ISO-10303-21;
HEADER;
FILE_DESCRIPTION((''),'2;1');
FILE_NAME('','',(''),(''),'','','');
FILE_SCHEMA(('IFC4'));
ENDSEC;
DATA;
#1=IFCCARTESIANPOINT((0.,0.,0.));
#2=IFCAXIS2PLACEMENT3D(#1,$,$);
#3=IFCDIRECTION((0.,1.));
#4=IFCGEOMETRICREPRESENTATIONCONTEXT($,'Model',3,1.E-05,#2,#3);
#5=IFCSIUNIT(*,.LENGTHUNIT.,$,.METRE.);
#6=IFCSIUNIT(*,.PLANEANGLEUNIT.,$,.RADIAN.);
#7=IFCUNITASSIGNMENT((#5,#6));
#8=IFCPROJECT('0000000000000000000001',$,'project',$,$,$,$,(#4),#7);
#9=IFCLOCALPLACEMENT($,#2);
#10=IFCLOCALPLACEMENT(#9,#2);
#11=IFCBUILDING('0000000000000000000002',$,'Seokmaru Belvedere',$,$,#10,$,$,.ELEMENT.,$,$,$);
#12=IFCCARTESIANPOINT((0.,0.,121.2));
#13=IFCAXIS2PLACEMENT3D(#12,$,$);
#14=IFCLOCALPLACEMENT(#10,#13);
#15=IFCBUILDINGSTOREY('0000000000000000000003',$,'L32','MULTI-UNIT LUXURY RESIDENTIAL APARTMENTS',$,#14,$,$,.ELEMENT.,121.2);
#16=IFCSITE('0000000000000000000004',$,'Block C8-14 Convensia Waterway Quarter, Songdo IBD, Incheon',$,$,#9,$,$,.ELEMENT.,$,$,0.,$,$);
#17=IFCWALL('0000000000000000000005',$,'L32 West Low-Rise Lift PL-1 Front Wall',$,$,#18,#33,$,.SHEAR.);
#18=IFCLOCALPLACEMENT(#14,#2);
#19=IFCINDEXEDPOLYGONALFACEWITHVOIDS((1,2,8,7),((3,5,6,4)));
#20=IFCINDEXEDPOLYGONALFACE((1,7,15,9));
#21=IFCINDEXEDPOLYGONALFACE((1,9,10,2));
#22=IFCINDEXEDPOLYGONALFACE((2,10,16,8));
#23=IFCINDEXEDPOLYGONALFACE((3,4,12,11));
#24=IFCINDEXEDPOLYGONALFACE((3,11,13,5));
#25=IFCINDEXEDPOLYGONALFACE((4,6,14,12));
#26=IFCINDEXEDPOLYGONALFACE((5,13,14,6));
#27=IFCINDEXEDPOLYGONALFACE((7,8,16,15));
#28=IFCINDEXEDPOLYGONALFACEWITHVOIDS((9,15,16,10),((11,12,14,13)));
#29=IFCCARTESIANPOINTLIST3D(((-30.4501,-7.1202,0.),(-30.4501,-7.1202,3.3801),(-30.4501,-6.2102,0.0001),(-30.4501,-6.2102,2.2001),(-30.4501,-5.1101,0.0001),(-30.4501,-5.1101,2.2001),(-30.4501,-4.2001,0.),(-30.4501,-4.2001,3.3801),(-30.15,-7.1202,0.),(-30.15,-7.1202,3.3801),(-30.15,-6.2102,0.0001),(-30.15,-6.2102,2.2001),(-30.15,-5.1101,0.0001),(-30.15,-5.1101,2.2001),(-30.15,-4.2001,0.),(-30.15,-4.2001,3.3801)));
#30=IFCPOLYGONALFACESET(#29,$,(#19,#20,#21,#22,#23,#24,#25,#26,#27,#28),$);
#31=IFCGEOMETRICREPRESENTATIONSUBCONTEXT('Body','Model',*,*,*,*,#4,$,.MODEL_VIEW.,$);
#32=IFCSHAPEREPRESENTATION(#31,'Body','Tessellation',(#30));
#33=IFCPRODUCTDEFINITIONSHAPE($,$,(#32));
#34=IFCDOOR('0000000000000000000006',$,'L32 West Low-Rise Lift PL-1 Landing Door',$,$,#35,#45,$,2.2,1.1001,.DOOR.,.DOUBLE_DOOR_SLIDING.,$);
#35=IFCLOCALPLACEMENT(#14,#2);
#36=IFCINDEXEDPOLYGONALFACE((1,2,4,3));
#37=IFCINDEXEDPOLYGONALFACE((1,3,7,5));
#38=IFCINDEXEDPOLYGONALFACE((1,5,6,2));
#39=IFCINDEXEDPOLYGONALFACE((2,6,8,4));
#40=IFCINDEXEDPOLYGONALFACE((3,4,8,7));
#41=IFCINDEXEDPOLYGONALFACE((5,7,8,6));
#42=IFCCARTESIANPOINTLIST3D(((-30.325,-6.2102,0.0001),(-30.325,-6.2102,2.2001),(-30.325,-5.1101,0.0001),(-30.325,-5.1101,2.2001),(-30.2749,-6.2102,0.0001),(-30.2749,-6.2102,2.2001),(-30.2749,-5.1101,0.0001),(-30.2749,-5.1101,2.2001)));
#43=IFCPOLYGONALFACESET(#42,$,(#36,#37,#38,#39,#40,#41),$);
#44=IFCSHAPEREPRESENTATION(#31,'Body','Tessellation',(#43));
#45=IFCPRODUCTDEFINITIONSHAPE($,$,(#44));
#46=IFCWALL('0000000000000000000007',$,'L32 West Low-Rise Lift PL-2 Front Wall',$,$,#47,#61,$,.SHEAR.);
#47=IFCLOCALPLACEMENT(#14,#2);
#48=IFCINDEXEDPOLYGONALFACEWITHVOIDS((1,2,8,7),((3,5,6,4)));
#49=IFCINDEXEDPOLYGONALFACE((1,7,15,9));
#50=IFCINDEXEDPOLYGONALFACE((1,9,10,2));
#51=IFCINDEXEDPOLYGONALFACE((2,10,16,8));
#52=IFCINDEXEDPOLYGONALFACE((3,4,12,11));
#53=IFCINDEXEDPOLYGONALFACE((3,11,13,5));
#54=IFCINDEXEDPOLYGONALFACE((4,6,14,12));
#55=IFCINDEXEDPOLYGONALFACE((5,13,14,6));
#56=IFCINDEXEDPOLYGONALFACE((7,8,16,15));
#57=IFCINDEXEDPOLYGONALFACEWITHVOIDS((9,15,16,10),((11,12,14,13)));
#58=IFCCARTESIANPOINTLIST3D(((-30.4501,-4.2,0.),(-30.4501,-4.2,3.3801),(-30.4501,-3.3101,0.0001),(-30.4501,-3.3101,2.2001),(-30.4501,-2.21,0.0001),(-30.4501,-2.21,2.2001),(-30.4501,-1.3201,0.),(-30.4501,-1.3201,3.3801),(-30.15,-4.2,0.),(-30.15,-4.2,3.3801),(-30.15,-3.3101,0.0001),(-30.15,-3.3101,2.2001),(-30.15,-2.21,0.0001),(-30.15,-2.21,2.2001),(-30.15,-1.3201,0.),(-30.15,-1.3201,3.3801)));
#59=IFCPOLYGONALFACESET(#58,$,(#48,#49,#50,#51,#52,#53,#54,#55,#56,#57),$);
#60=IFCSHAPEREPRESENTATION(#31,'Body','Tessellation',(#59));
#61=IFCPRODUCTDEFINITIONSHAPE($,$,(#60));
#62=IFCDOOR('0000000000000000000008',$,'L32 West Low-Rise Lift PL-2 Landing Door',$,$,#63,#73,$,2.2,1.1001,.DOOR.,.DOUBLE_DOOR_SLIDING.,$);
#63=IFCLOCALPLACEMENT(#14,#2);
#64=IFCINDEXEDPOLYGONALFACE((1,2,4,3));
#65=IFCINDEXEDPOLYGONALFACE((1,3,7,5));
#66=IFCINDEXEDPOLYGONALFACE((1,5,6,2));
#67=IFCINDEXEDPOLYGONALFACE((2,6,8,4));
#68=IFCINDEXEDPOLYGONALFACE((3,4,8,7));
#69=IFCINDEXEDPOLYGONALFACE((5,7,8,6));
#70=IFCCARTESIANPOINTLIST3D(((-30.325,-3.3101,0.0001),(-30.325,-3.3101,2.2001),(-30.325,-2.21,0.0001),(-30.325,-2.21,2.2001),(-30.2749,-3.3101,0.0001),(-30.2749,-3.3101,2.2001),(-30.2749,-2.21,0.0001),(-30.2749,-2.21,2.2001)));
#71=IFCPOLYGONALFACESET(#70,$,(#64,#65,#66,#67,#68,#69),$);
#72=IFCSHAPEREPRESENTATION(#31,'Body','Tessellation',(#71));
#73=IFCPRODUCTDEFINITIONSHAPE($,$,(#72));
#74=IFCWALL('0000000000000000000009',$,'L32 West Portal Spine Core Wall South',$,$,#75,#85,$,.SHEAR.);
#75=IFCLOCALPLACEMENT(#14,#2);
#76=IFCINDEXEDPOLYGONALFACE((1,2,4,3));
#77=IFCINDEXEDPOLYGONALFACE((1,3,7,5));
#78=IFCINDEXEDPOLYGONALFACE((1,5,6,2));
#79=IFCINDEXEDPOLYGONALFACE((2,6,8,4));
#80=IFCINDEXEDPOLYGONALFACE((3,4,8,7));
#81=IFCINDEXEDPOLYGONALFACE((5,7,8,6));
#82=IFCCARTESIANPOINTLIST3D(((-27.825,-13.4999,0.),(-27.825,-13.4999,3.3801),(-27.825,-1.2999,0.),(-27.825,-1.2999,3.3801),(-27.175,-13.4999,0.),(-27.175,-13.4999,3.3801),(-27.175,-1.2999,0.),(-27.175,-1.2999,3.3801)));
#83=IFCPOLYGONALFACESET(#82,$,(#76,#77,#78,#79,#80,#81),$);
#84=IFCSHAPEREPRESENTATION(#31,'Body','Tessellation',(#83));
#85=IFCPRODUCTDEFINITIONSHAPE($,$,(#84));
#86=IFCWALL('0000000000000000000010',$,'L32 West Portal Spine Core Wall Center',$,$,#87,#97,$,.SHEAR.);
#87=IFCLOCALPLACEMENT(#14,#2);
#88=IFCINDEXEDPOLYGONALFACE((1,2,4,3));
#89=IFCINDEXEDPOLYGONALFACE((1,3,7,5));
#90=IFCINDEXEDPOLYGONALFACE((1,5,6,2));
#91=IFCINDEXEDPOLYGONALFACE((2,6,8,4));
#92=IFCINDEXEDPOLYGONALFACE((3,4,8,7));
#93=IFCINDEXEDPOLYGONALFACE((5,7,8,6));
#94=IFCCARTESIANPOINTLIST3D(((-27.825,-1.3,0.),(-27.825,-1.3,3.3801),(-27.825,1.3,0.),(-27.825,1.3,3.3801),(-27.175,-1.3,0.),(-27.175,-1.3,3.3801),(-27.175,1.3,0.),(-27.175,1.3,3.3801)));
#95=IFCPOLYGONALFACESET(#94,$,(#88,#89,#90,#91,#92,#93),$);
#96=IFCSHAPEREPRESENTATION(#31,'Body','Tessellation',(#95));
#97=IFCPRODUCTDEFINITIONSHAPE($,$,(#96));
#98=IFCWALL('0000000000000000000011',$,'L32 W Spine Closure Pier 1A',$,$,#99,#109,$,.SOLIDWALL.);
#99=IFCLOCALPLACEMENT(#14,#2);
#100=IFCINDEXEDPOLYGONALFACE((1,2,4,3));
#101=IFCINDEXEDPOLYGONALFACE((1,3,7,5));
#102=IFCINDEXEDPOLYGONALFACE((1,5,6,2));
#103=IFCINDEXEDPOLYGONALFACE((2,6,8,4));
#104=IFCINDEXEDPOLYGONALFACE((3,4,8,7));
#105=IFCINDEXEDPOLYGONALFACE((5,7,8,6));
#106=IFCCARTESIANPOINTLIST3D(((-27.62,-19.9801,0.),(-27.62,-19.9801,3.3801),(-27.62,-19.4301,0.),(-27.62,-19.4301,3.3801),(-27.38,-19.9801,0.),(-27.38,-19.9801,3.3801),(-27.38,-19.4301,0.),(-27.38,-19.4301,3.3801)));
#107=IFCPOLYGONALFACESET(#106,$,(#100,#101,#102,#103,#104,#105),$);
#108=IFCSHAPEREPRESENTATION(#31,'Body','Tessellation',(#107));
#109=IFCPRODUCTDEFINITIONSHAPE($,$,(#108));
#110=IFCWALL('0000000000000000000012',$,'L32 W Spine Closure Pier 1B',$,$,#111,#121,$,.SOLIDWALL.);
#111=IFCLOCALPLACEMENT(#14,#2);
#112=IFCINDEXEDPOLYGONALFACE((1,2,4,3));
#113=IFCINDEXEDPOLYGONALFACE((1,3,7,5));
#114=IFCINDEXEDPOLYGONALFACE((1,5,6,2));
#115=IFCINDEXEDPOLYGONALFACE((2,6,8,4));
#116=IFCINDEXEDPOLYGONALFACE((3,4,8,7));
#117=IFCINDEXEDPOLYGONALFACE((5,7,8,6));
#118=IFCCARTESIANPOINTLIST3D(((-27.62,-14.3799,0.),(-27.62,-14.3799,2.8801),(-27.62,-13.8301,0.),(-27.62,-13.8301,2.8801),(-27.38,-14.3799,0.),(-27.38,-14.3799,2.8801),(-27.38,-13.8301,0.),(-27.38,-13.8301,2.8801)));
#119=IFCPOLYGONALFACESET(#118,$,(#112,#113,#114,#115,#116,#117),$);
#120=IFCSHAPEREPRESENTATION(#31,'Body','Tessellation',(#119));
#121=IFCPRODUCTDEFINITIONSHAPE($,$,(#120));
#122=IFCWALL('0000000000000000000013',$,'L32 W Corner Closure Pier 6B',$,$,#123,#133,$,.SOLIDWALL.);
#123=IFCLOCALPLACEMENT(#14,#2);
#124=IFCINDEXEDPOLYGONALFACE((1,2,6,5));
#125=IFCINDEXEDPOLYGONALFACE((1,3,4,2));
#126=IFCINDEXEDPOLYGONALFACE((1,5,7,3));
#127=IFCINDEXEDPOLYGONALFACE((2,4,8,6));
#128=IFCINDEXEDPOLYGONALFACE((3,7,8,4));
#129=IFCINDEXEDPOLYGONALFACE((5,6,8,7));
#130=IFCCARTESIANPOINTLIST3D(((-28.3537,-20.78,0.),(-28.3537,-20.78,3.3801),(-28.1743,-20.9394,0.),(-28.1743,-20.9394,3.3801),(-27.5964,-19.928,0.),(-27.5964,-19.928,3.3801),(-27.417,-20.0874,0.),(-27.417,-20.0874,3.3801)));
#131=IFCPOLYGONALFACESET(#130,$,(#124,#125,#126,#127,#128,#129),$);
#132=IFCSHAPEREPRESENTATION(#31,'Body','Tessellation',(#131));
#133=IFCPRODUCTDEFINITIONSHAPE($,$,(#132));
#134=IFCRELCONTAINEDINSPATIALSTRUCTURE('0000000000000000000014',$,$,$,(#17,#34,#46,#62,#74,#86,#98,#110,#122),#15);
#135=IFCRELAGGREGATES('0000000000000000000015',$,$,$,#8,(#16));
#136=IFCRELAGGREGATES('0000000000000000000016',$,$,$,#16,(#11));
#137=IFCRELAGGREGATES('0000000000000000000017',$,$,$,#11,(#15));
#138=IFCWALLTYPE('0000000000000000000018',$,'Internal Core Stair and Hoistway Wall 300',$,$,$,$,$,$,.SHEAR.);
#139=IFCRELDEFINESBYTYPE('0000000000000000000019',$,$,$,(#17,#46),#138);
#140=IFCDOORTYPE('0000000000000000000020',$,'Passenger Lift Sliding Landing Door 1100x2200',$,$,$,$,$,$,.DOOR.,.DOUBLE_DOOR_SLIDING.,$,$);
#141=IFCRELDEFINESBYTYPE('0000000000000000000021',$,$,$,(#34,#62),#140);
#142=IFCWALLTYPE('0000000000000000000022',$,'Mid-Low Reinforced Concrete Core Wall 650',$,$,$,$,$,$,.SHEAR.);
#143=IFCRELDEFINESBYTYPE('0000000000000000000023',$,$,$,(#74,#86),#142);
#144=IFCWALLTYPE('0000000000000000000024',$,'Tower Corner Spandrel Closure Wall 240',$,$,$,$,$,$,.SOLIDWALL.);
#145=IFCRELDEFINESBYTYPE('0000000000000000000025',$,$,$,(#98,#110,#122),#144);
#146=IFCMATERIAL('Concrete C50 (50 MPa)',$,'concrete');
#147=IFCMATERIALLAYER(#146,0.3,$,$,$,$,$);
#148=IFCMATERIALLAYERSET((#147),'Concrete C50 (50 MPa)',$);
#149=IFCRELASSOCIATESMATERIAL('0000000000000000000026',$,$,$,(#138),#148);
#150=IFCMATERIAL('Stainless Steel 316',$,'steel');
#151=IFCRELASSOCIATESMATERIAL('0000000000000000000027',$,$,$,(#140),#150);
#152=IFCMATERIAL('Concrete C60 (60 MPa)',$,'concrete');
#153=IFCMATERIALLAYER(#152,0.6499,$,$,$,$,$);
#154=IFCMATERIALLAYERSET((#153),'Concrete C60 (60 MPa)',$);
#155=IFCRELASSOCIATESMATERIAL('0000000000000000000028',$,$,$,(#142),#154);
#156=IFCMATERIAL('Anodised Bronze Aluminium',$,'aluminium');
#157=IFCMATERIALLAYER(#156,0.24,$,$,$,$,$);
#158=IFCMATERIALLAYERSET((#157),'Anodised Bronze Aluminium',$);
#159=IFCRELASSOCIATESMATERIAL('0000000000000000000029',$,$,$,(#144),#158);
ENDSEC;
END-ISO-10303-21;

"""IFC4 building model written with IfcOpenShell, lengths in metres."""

from ifc_helpers import new_model, si_unit, direction, frame, frame_2d, origin, place, context, subcontext, project, spatial, rectangle, extrude, source, transform, mapped, material, layer, layer_set, type_object, type_shapes, element, fill, save


model = new_model("IFC4")

# Units and contexts
model_context = context("Model", 3, precision=1e-05, world=origin(), true_north=direction((0.0, 1.0)))
body_context = subcontext(model_context, "Body", "Model", "MODEL_VIEW")
ifc_project = project(units=[si_unit("LENGTHUNIT", "METRE"), si_unit("PLANEANGLEUNIT", "RADIAN")], contexts=[model_context])

# Site, building, storey
site_placement = place(None, origin())
site = spatial("IfcSite", under=ifc_project, at=site_placement, Name="Block C8-14 Convensia Waterway Quarter, Songdo IBD, Incheon", CompositionType="ELEMENT", RefElevation=0.0)
building_placement = place(site_placement, origin())
building = spatial("IfcBuilding", under=site, at=building_placement, Name="Seokmaru Belvedere", CompositionType="ELEMENT")
storey_placement = place(building_placement, frame((0.0, 0.0, 121.2)))
storey = spatial("IfcBuildingStorey", under=building, at=storey_placement, Name="L32", Description="MULTI-UNIT LUXURY RESIDENTIAL APARTMENTS", CompositionType="ELEMENT", Elevation=121.2)

# Shared definitions
ifc_material_1 = material(Name="Anodised Bronze Aluminium", Category="aluminium")

# Shared definitions
ifc_material_2 = material(Name="Concrete C50 (50 MPa)", Category="concrete")

# Walls, openings, doors
ifc_layer_1 = layer(ifc_material_2, 0.3)
ifc_layer_set_1 = layer_set([ifc_layer_1], Name="Concrete C50 (50 MPa)")
wall_type_1 = type_object("IfcWallType", Name="Internal Core Stair and Hoistway Wall 300", PredefinedType="SHEAR", material=ifc_layer_set_1)
ifc_material_3 = material(Name="Stainless Steel 316", Category="steel")
wall_1_placement = place(storey_placement, frame((-30.3, -7.1201, 0.0), z_axis=(0.0, 0.0, 1.0), x_axis=(0.0, 1.0, 0.0)))
wall_1 = element("IfcWall", 1, at=wall_1_placement, inside=storey, type_object=wall_type_1, Name="L32 West Low-Rise Lift PL-1 Front Wall", PredefinedType="SHEAR", context=body_context, shape_type="SweptSolid", body=[
    extrude(rectangle(XDim=2.9202, YDim=0.3, at=frame_2d((1.46, 0.0))), origin(), (0.0, 0.0, 1.0), 3.3801),
])
opening_1_placement = place(wall_1_placement, frame((0.9099, 0.0, 0.0)))
opening_1 = element("IfcOpeningElement", 2, at=opening_1_placement, cuts=wall_1, PredefinedType="OPENING", context=body_context, shape_type="SweptSolid", body=[
    extrude(rectangle(XDim=1.1001, YDim=2.2, at=frame_2d((0.55, 1.1001))), frame((0.0, 0.1602, 0.0), z_axis=(0.0, -1.0, 0.0), x_axis=(1.0, 0.0, 0.0)), (0.0, 0.0, 1.0), 0.3201),
])
door_type_1 = type_object("IfcDoorType", Name="Passenger Lift Sliding Landing Door 1100x2200", OperationType="DOUBLE_DOOR_SLIDING", PredefinedType="DOOR", material=ifc_material_3)
shared_shape_1 = source(origin(), body_context, "Body", "SweptSolid", [
    extrude(rectangle(XDim=1.1001, YDim=2.2, at=frame_2d((0.55, 1.1001))), frame((0.0, 0.0249, 0.0), z_axis=(0.0, -1.0, 0.0), x_axis=(1.0, 0.0, 0.0)), (0.0, 0.0, 1.0), 0.05),
])
type_shapes(door_type_1, [shared_shape_1])
door_1_placement = place(opening_1_placement, origin())
door_1 = element("IfcDoor", 3, at=door_1_placement, inside=storey, type_object=door_type_1, Name="L32 West Low-Rise Lift PL-1 Landing Door", OperationType="DOUBLE_DOOR_SLIDING", OverallHeight=2.2, OverallWidth=1.1001, PredefinedType="DOOR", context=body_context, shape_type="MappedRepresentation", body=[
    mapped(shared_shape_1, transform((0.0, 0.0, 0.0), scale=1.0)),
])
fill(opening_1, door_1)
wall_2_placement = place(storey_placement, frame((-30.3, -4.2, 0.0), z_axis=(0.0, 0.0, 1.0), x_axis=(0.0, 1.0, 0.0)))
wall_2 = element("IfcWall", 4, at=wall_2_placement, inside=storey, type_object=wall_type_1, Name="L32 West Low-Rise Lift PL-2 Front Wall", PredefinedType="SHEAR", context=body_context, shape_type="SweptSolid", body=[
    extrude(rectangle(XDim=2.8799, YDim=0.3, at=frame_2d((1.4399, 0.0))), origin(), (0.0, 0.0, 1.0), 3.3801),
])
opening_2_placement = place(wall_2_placement, frame((0.8899, 0.0, 0.0)))
opening_2 = element("IfcOpeningElement", 5, at=opening_2_placement, cuts=wall_2, PredefinedType="OPENING", context=body_context, shape_type="SweptSolid", body=[
    extrude(rectangle(XDim=1.1001, YDim=2.2, at=frame_2d((0.55, 1.1001))), frame((0.0, 0.1602, 0.0), z_axis=(0.0, -1.0, 0.0), x_axis=(1.0, 0.0, 0.0)), (0.0, 0.0, 1.0), 0.3201),
])
door_2_placement = place(opening_2_placement, origin())
door_2 = element("IfcDoor", 6, at=door_2_placement, inside=storey, type_object=door_type_1, Name="L32 West Low-Rise Lift PL-2 Landing Door", OperationType="DOUBLE_DOOR_SLIDING", OverallHeight=2.2, OverallWidth=1.1001, PredefinedType="DOOR", context=body_context, shape_type="MappedRepresentation", body=[
    mapped(shared_shape_1, transform((0.0, 0.0, 0.0), scale=1.0)),
])
fill(opening_2, door_2)

# Walls
ifc_material_4 = material(Name="Concrete C60 (60 MPa)", Category="concrete")
ifc_layer_2 = layer(ifc_material_4, 0.6499)
ifc_layer_set_2 = layer_set([ifc_layer_2], Name="Concrete C60 (60 MPa)")
wall_type_2 = type_object("IfcWallType", Name="Mid-Low Reinforced Concrete Core Wall 650", PredefinedType="SHEAR", material=ifc_layer_set_2)
wall_3_placement = place(storey_placement, frame((-27.5, -13.5, 0.0), z_axis=(0.0, 0.0, 1.0), x_axis=(0.0, 1.0, 0.0)))
element("IfcWall", 7, at=wall_3_placement, inside=storey, type_object=wall_type_2, Name="L32 West Portal Spine Core Wall South", PredefinedType="SHEAR", context=body_context, shape_type="SweptSolid", body=[
    extrude(rectangle(XDim=12.2, YDim=0.6499, at=frame_2d((6.1001, 0.0))), origin(), (0.0, 0.0, 1.0), 3.3801),
])
wall_4_placement = place(storey_placement, frame((-27.5, -1.3, 0.0), z_axis=(0.0, 0.0, 1.0), x_axis=(0.0, 1.0, 0.0)))
element("IfcWall", 8, at=wall_4_placement, inside=storey, type_object=wall_type_2, Name="L32 West Portal Spine Core Wall Center", PredefinedType="SHEAR", context=body_context, shape_type="SweptSolid", body=[
    extrude(rectangle(XDim=2.6001, YDim=0.6499, at=frame_2d((1.3, 0.0))), origin(), (0.0, 0.0, 1.0), 3.3801),
])
ifc_layer_3 = layer(ifc_material_1, 0.24)
ifc_layer_set_3 = layer_set([ifc_layer_3], Name="Anodised Bronze Aluminium")
wall_type_3 = type_object("IfcWallType", Name="Tower Corner Spandrel Closure Wall 240", PredefinedType="SOLIDWALL", material=ifc_layer_set_3)
wall_5_placement = place(storey_placement, frame((-27.5, -19.98, 0.0), z_axis=(0.0, 0.0, 1.0), x_axis=(0.0, 1.0, 0.0)))
element("IfcWall", 9, at=wall_5_placement, inside=storey, type_object=wall_type_3, Name="L32 W Spine Closure Pier 1A", PredefinedType="SOLIDWALL", context=body_context, shape_type="SweptSolid", body=[
    extrude(rectangle(XDim=0.55, YDim=0.24, at=frame_2d((0.2749, 0.0))), origin(), (0.0, 0.0, 1.0), 3.3801),
])
wall_6_placement = place(storey_placement, frame((-27.5, -14.3799, 0.0), z_axis=(0.0, 0.0, 1.0), x_axis=(0.0, 1.0, 0.0)))
element("IfcWall", 10, at=wall_6_placement, inside=storey, type_object=wall_type_3, Name="L32 W Spine Closure Pier 1B", PredefinedType="SOLIDWALL", context=body_context, shape_type="SweptSolid", body=[
    extrude(rectangle(XDim=0.5498, YDim=0.24, at=frame_2d((0.2749, 0.0))), origin(), (0.0, 0.0, 1.0), 2.8801),
])
wall_7_placement = place(storey_placement, frame((-28.2639, -20.8596, 0.0), z_axis=(0.0, 0.0, 1.0), x_axis=(0.664337, 0.747433, 0.0)))
element("IfcWall", 11, at=wall_7_placement, inside=storey, type_object=wall_type_3, Name="L32 W Corner Closure Pier 6B", PredefinedType="SOLIDWALL", context=body_context, shape_type="SweptSolid", body=[
    extrude(rectangle(XDim=1.1399, YDim=0.24, at=frame_2d((0.5698, 0.0))), origin(), (0.0, 0.0, 1.0), 3.3801),
])

save(model, "model.ifc")
